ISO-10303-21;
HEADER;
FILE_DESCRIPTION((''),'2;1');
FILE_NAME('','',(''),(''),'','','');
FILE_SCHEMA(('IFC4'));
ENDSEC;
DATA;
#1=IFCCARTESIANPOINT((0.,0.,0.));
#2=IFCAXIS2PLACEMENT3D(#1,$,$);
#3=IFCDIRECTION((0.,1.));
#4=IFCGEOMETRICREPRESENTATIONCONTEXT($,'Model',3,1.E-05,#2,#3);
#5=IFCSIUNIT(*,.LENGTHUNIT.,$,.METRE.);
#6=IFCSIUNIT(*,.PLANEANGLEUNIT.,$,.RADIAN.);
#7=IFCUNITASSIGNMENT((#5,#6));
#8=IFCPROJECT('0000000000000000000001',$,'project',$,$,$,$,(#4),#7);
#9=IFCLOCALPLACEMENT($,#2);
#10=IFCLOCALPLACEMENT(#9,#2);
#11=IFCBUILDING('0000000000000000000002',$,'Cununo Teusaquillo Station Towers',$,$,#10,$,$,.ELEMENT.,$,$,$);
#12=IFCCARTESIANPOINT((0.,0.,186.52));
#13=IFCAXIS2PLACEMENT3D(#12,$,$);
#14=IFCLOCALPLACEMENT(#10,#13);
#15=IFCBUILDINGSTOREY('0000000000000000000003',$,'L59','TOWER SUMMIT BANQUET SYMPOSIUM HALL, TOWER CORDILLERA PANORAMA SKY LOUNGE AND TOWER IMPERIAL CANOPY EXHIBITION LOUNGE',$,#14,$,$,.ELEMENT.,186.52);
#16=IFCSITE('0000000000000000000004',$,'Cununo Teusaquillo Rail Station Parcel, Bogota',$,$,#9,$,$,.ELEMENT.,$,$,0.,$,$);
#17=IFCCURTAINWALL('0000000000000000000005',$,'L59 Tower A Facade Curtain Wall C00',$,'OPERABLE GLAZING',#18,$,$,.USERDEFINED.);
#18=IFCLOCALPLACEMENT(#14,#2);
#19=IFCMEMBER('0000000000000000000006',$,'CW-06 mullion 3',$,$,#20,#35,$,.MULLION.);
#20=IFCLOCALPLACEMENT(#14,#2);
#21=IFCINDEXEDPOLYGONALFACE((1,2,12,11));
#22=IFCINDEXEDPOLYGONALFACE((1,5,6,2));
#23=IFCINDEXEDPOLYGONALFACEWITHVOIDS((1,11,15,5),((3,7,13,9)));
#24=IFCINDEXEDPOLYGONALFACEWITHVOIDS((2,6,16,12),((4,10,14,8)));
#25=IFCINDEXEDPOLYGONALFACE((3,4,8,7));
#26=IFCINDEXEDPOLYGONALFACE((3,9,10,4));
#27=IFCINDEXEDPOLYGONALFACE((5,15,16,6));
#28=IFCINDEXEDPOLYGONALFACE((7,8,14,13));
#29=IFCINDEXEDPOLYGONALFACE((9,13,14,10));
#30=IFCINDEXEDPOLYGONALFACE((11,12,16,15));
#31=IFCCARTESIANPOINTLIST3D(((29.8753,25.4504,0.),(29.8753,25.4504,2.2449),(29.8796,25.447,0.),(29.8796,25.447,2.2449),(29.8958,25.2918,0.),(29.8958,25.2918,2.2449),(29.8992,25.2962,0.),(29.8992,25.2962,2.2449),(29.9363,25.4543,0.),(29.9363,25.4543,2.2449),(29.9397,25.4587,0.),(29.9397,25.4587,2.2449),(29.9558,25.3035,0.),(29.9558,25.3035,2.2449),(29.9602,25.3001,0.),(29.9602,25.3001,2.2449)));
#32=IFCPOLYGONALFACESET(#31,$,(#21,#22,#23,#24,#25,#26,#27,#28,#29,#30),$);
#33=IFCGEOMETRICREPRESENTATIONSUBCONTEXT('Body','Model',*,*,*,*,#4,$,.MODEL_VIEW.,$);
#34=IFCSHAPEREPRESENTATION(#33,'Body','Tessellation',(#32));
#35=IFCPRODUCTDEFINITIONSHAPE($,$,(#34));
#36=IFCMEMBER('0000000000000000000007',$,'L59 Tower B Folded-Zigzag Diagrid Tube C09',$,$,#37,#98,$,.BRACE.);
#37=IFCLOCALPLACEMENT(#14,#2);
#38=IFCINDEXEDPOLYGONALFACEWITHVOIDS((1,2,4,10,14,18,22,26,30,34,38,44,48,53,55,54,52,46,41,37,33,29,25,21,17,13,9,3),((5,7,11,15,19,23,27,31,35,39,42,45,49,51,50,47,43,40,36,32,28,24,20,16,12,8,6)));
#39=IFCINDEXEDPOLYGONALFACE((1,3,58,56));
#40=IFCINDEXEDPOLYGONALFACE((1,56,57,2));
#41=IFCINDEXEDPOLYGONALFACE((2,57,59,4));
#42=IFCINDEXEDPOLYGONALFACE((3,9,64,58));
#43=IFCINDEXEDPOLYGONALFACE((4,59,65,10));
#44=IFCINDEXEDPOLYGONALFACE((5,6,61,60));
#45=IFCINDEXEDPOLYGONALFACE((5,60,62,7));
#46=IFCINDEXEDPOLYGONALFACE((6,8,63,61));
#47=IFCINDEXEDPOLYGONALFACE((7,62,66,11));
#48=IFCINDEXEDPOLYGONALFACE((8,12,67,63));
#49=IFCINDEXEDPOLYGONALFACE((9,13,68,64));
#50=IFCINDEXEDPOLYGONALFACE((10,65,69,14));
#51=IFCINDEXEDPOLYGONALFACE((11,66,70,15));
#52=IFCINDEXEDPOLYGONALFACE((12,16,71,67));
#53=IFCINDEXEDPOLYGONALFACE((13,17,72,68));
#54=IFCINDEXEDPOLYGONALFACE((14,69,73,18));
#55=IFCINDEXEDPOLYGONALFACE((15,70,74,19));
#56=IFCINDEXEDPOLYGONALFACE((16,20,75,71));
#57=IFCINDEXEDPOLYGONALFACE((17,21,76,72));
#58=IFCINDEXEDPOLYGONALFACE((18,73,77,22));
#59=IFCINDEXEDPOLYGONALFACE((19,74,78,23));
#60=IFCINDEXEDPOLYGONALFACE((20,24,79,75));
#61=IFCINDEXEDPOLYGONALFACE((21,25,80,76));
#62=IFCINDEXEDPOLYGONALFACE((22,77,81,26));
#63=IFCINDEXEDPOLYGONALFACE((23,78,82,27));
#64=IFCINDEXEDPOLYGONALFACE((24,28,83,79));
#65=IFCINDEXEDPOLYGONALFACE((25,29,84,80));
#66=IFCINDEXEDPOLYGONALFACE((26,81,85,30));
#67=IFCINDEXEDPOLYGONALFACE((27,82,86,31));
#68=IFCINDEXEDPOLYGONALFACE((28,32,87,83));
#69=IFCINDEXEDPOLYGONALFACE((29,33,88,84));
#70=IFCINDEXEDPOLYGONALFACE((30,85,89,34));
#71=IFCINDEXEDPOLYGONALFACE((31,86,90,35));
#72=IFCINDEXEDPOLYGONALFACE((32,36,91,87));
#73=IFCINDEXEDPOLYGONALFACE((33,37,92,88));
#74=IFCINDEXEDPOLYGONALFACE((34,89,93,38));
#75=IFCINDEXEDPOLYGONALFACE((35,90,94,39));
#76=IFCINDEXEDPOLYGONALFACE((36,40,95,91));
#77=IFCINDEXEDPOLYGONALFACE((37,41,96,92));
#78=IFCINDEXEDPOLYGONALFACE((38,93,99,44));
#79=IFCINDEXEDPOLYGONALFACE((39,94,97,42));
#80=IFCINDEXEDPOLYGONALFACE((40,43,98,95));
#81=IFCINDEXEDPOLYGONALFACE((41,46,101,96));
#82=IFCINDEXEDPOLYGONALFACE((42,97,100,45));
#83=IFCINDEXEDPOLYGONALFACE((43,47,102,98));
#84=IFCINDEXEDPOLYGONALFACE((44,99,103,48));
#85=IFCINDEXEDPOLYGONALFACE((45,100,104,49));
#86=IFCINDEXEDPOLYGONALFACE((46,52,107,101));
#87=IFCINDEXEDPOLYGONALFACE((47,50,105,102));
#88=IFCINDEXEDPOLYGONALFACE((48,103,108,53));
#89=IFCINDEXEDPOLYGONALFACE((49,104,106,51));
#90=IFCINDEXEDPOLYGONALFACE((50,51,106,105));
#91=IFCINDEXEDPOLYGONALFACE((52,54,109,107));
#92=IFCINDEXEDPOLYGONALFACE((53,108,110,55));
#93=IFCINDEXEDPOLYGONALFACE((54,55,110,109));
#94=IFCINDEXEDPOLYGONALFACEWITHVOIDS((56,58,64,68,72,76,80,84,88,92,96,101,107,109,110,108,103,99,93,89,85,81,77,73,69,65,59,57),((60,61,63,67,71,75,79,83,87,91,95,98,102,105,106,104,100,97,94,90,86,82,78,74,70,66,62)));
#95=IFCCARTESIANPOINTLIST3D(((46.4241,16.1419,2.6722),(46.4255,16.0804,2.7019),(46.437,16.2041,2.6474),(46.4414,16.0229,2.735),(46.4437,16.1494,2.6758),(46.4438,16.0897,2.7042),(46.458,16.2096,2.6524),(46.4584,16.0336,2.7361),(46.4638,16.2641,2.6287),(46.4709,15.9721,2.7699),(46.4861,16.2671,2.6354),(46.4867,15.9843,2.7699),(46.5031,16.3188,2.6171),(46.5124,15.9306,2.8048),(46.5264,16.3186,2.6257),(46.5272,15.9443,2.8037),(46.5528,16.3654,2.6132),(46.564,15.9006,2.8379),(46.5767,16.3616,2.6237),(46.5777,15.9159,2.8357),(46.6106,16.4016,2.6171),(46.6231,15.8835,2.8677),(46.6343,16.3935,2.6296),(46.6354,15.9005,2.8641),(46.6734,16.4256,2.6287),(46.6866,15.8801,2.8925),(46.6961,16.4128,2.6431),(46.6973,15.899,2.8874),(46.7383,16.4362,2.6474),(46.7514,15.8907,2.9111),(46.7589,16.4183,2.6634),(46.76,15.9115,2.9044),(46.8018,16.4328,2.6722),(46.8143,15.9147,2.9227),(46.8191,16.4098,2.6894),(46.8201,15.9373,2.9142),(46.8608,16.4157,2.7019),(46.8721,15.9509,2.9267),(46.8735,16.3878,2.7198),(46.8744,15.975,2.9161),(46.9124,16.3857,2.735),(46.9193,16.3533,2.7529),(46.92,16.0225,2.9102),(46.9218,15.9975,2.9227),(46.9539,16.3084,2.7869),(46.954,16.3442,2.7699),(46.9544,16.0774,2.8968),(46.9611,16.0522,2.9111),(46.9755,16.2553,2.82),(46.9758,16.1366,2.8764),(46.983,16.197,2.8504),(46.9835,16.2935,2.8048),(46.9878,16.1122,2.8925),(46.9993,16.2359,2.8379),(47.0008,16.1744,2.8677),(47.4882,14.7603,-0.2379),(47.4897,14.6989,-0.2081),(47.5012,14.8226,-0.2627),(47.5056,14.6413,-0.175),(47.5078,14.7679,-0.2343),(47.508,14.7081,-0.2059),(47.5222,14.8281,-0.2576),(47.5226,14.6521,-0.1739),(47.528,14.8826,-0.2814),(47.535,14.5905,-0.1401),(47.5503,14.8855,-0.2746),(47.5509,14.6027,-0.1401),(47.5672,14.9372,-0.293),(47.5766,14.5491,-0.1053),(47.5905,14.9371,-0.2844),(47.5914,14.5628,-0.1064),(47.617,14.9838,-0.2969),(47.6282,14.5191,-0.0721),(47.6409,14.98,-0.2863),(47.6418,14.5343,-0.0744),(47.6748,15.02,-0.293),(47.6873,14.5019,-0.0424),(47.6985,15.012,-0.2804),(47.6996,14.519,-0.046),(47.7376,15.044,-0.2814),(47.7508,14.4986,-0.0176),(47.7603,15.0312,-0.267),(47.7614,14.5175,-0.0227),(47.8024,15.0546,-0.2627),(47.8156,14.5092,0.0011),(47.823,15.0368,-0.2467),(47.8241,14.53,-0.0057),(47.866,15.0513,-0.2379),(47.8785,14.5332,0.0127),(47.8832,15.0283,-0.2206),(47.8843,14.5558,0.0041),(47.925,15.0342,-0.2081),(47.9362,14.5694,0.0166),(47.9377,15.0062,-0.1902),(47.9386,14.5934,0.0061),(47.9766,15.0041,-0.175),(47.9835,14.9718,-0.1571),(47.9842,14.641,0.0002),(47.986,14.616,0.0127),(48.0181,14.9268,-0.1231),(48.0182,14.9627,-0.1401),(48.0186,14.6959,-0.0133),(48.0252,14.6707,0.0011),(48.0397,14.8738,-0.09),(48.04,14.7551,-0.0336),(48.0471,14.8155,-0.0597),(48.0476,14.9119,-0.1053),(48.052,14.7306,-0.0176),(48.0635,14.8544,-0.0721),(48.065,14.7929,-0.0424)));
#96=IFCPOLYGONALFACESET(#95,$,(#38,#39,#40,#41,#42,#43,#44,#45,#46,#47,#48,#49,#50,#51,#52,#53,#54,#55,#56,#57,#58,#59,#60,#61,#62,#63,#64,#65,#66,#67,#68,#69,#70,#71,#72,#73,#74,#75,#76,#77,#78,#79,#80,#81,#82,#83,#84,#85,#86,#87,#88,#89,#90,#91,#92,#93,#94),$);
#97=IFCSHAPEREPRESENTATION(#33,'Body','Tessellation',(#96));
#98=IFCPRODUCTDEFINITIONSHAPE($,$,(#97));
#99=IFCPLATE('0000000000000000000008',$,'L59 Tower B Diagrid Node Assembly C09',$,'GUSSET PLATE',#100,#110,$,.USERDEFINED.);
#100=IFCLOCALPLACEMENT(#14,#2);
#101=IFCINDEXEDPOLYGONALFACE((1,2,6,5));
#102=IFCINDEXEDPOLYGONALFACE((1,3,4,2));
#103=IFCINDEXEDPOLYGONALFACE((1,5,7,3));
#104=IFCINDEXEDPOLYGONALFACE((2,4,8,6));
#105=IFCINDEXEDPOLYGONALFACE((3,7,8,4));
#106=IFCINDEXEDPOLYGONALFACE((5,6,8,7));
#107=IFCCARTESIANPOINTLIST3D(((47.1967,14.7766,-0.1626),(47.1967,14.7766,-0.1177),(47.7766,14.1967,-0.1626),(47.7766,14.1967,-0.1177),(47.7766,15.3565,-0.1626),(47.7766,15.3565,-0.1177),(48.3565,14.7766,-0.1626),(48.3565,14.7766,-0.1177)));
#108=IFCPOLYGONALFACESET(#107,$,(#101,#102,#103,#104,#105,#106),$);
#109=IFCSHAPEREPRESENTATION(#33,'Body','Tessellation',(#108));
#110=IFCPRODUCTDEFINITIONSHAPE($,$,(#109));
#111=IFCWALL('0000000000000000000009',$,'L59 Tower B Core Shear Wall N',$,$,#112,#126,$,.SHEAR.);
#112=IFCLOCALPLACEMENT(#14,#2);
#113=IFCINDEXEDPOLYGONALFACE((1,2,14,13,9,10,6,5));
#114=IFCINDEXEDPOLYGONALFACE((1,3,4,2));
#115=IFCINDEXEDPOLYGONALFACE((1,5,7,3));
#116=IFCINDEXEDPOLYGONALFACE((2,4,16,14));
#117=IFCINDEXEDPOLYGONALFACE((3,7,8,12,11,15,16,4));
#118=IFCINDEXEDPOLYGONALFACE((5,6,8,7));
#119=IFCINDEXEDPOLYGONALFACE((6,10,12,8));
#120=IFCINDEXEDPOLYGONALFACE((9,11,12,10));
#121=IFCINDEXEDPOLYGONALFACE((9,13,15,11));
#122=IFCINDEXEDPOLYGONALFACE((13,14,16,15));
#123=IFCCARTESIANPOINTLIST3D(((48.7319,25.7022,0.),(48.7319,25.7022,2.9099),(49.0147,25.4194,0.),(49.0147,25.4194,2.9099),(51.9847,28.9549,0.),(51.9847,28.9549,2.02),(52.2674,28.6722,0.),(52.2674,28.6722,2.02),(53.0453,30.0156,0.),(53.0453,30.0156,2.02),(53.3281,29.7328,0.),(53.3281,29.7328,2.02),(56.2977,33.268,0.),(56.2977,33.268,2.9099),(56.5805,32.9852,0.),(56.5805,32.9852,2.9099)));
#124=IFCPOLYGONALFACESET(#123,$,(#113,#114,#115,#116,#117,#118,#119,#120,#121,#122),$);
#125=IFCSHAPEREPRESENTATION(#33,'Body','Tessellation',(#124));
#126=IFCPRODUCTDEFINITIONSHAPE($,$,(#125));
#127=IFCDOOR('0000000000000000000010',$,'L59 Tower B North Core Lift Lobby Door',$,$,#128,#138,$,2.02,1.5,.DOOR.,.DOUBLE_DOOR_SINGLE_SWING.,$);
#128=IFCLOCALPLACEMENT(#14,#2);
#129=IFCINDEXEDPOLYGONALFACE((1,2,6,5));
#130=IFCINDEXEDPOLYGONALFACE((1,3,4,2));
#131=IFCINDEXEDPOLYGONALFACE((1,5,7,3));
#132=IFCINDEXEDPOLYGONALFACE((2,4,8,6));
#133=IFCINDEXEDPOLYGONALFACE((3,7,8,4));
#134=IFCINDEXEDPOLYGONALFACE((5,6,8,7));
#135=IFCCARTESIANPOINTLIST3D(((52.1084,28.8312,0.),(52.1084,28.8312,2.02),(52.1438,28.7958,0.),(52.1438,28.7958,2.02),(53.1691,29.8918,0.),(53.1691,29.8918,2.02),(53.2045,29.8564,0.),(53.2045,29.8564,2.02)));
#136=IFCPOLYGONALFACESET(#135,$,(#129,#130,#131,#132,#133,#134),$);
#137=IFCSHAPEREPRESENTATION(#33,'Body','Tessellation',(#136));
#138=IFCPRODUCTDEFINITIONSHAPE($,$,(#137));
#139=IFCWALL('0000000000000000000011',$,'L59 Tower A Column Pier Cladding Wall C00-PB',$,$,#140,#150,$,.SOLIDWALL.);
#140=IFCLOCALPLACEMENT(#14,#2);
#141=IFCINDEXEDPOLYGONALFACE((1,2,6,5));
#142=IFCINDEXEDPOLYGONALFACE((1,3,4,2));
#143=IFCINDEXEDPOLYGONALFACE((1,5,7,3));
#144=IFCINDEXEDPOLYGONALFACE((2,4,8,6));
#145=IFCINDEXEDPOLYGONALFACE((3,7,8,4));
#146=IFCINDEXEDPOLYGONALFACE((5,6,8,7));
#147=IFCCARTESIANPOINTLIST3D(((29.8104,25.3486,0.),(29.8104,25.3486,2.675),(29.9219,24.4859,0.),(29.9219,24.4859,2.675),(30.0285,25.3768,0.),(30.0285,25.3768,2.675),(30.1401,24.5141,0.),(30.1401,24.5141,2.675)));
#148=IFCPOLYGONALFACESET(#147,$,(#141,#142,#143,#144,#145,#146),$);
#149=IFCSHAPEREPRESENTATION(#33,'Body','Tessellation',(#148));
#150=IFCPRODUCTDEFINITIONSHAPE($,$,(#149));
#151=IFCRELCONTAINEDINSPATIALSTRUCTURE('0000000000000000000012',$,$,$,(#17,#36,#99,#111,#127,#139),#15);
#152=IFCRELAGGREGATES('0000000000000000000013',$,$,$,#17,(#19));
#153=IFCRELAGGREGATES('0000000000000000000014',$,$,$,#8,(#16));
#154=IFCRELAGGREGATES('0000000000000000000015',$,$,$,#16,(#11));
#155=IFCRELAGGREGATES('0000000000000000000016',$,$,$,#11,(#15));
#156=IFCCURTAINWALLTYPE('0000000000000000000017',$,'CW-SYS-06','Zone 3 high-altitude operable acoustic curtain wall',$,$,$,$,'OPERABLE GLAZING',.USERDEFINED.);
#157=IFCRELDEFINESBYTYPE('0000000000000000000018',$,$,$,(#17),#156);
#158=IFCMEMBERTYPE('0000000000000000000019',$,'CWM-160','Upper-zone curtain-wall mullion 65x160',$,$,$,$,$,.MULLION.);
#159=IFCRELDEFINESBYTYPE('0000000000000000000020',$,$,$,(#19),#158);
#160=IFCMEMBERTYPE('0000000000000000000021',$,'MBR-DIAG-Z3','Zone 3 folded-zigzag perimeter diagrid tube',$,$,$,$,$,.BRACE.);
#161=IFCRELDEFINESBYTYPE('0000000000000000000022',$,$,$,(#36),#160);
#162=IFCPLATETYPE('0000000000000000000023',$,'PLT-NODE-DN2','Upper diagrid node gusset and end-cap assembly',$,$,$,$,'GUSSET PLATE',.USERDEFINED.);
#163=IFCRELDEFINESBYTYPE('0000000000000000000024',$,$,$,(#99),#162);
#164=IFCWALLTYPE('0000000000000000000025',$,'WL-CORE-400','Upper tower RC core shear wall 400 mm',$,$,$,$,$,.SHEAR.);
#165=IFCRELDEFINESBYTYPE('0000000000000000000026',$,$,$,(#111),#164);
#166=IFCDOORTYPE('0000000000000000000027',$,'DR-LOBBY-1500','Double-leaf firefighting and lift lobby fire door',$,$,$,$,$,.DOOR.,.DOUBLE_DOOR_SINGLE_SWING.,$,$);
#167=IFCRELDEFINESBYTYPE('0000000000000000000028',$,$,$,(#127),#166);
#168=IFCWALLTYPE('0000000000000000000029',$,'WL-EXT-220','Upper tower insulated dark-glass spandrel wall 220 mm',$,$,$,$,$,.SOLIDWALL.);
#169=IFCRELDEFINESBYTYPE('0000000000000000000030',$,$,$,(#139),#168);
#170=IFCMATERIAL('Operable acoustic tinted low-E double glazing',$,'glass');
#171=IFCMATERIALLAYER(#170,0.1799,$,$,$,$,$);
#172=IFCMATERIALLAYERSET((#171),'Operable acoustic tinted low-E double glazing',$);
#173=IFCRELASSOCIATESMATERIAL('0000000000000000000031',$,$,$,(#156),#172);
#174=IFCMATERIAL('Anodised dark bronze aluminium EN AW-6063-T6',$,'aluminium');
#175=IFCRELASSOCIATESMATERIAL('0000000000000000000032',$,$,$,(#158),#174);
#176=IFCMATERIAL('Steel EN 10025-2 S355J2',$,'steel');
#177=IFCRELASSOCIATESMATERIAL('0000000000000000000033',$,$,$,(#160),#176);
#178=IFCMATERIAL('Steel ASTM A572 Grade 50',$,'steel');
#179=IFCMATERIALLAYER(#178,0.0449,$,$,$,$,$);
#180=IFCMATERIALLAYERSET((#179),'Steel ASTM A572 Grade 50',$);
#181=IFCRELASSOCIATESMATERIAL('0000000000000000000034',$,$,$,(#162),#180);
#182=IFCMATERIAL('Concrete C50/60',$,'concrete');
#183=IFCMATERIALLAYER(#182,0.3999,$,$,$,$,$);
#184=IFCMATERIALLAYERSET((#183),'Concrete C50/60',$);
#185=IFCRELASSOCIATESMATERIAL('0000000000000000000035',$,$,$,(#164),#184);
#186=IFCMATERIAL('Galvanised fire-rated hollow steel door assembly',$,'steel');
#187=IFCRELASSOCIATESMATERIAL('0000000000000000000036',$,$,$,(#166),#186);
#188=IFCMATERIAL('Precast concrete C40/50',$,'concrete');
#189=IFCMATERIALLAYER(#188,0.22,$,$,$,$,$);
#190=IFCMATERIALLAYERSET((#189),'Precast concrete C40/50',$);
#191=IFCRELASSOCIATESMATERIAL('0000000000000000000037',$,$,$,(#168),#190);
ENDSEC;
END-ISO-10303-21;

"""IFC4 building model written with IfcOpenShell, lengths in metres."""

from ifc_helpers import new_model, si_unit, direction, frame, frame_2d, origin, origin_2d, place, context, subcontext, project, spatial, rectangle, hollow_rectangle, hollow_circle, extrude, source, transform, mapped, material, layer, layer_set, material_profile, profile_set, type_object, element, fill, aggregate, save


model = new_model("IFC4")

# Units and contexts
model_context = context("Model", 3, precision=1e-05, world=origin(), true_north=direction((0.0, 1.0)))
body_context = subcontext(model_context, "Body", "Model", "MODEL_VIEW")
ifc_project = project(units=[si_unit("LENGTHUNIT", "METRE"), si_unit("PLANEANGLEUNIT", "RADIAN")], contexts=[model_context])

# Site, building, storey
site_placement = place(None, origin())
site = spatial("IfcSite", under=ifc_project, at=site_placement, Name="Cununo Teusaquillo Rail Station Parcel, Bogota", CompositionType="ELEMENT", RefElevation=0.0)
building_placement = place(site_placement, origin())
building = spatial("IfcBuilding", under=site, at=building_placement, Name="Cununo Teusaquillo Station Towers", CompositionType="ELEMENT")
storey_placement = place(building_placement, frame((0.0, 0.0, 186.52)))
storey = spatial("IfcBuildingStorey", under=building, at=storey_placement, Name="L59", Description="TOWER SUMMIT BANQUET SYMPOSIUM HALL, TOWER CORDILLERA PANORAMA SKY LOUNGE AND TOWER IMPERIAL CANOPY EXHIBITION LOUNGE", CompositionType="ELEMENT", Elevation=186.52)

# Curtain wall, member
ifc_material_1 = material(Name="Operable acoustic tinted low-E double glazing", Category="glass")
ifc_layer_1 = layer(ifc_material_1, 0.1799)
ifc_layer_set_1 = layer_set([ifc_layer_1], Name="Operable acoustic tinted low-E double glazing")
curtain_wall_type = type_object("IfcCurtainWallType", Name="CW-SYS-06", Description="Zone 3 high-altitude operable acoustic curtain wall", ElementType="OPERABLE GLAZING", PredefinedType="USERDEFINED", material=ifc_layer_set_1)
curtain_wall_placement = place(storey_placement, origin())
curtain_wall = element("IfcCurtainWall", 1, at=curtain_wall_placement, inside=storey, type_object=curtain_wall_type, Name="L59 Tower A Facade Curtain Wall C00", ObjectType="OPERABLE GLAZING", PredefinedType="USERDEFINED")
ifc_material_2 = material(Name="Anodised dark bronze aluminium EN AW-6063-T6", Category="aluminium")
ifc_material_profile_1 = material_profile(ifc_material_2, hollow_rectangle(XDim=0.0649, YDim=0.1599, WallThickness=0.0039, at=origin_2d()), Name="CW-MULL-65x160")
ifc_profile_set_1 = profile_set([ifc_material_profile_1], Name="Anodised dark bronze aluminium EN AW-6063-T6")
member_type_1 = type_object("IfcMemberType", Name="CWM-160", Description="Upper-zone curtain-wall mullion 65x160", PredefinedType="MULLION", material=ifc_profile_set_1)
member_1_placement = place(storey_placement, frame((29.9177, 25.3752, 0.0), z_axis=(0.0, 0.0, 1.0), x_axis=(0.991737, 0.128285, 0.0)))
member_1 = element("IfcMember", 2, at=member_1_placement, type_object=member_type_1, Name="CW-06 mullion 3", PredefinedType="MULLION", context=body_context, shape_type="SweptSolid", body=[
    extrude(hollow_rectangle(XDim=0.0649, YDim=0.1599, WallThickness=0.0039, at=origin_2d()), origin(), (0.0, 0.0, 1.0), 2.2449),
])
aggregate(curtain_wall, [member_1])

# Member
ifc_material_3 = material(Name="Steel EN 10025-2 S355J2", Category="steel")
ifc_material_profile_2 = material_profile(ifc_material_3, hollow_circle(Radius=0.3049, WallThickness=0.02, at=origin_2d()), Name="CHS 610x20")
ifc_profile_set_2 = profile_set([ifc_material_profile_2], Name="Steel EN 10025-2 S355J2")
member_type_2 = type_object("IfcMemberType", Name="MBR-DIAG-Z3", Description="Zone 3 folded-zigzag perimeter diagrid tube", PredefinedType="BRACE", material=ifc_profile_set_2)
member_2_placement = place(storey_placement, frame((47.7766, 14.7766, -0.1401), z_axis=(-0.313677, 0.407226, 0.857772), x_axis=(-0.792223, -0.610232, 0.0)))
element("IfcMember", 3, at=member_2_placement, inside=storey, type_object=member_type_2, Name="L59 Tower B Folded-Zigzag Diagrid Tube C09", PredefinedType="BRACE", context=body_context, shape_type="SweptSolid", body=[
    extrude(hollow_circle(Radius=0.3049, WallThickness=0.02, at=origin_2d()), origin(), (0.0, 0.0, 1.0), 3.3926),
])

# Plate
ifc_material_4 = material(Name="Steel ASTM A572 Grade 50", Category="steel")
ifc_layer_2 = layer(ifc_material_4, 0.0449)
ifc_layer_set_2 = layer_set([ifc_layer_2], Name="Steel ASTM A572 Grade 50")
plate_type = type_object("IfcPlateType", Name="PLT-NODE-DN2", Description="Upper diagrid node gusset and end-cap assembly", ElementType="GUSSET PLATE", PredefinedType="USERDEFINED", material=ifc_layer_set_2)
shared_shape_1 = source(origin(), body_context, "Body", "SweptSolid", [
    extrude(rectangle(XDim=0.8201, YDim=0.8201, at=origin_2d()), origin(), (0.0, 0.0, 1.0), 0.0449),
])
plate_placement = place(storey_placement, frame((47.7766, 14.7766, -0.1626), z_axis=(0.0, 0.0, 1.0), x_axis=(0.707107, 0.707107, 0.0)))
element("IfcPlate", 4, at=plate_placement, inside=storey, type_object=plate_type, Name="L59 Tower B Diagrid Node Assembly C09", ObjectType="GUSSET PLATE", PredefinedType="USERDEFINED", context=body_context, shape_type="MappedRepresentation", body=[
    mapped(shared_shape_1, transform((0.0, 0.0, 0.0), x_axis=(1.0, 0.0, 0.0), y_axis=(0.0, 1.0, 0.0), z_axis=(0.0, 0.0, 1.0), scale=1.0)),
])

# Wall, opening, door
ifc_material_5 = material(Name="Concrete C50/60", Category="concrete")
ifc_layer_3 = layer(ifc_material_5, 0.3999)
ifc_layer_set_3 = layer_set([ifc_layer_3], Name="Concrete C50/60")
wall_type_1 = type_object("IfcWallType", Name="WL-CORE-400", Description="Upper tower RC core shear wall 400 mm", PredefinedType="SHEAR", material=ifc_layer_set_3)
wall_1_placement = place(storey_placement, frame((48.8733, 25.5608, 0.0), z_axis=(0.0, 0.0, 1.0), x_axis=(0.707107, 0.707107, 0.0)))
wall_1 = element("IfcWall", 5, at=wall_1_placement, inside=storey, type_object=wall_type_1, Name="L59 Tower B Core Shear Wall N", PredefinedType="SHEAR", context=body_context, shape_type="SweptSolid", body=[
    extrude(rectangle(XDim=10.6997, YDim=0.3999, at=frame_2d((5.3499, 0.0))), origin(), (0.0, 0.0, 1.0), 2.9099),
])
shared_shape_2 = source(origin(), body_context, "Body", "SweptSolid", [
    extrude(rectangle(XDim=1.5, YDim=2.02, at=frame_2d((0.75, 1.01))), frame((0.0, 0.21, 0.0), z_axis=(0.0, -1.0, 0.0), x_axis=(1.0, 0.0, 0.0)), (0.0, 0.0, 1.0), 0.4199),
])
opening_1_placement = place(wall_1_placement, frame((4.6001, 0.0, 0.0)))
opening_1 = element("IfcOpeningElement", 6, at=opening_1_placement, cuts=wall_1, PredefinedType="OPENING", context=body_context, shape_type="MappedRepresentation", body=[
    mapped(shared_shape_2, transform((0.0, 0.0, 0.0), x_axis=(1.0, 0.0, 0.0), y_axis=(0.0, 1.0, 0.0), z_axis=(0.0, 0.0, 1.0), scale=1.0)),
])
ifc_material_6 = material(Name="Galvanised fire-rated hollow steel door assembly", Category="steel")
door_type = type_object("IfcDoorType", Name="DR-LOBBY-1500", Description="Double-leaf firefighting and lift lobby fire door", OperationType="DOUBLE_DOOR_SINGLE_SWING", PredefinedType="DOOR", material=ifc_material_6)
shared_shape_3 = source(origin(), body_context, "Body", "SweptSolid", [
    extrude(rectangle(XDim=1.5, YDim=2.02, at=frame_2d((0.75, 1.01))), frame((0.0, 0.0249, 0.0), z_axis=(0.0, -1.0, 0.0), x_axis=(1.0, 0.0, 0.0)), (0.0, 0.0, 1.0), 0.05),
])
door_placement = place(opening_1_placement, origin())
door = element("IfcDoor", 7, at=door_placement, inside=storey, type_object=door_type, Name="L59 Tower B North Core Lift Lobby Door", OperationType="DOUBLE_DOOR_SINGLE_SWING", OverallHeight=2.02, OverallWidth=1.5, PredefinedType="DOOR", context=body_context, shape_type="MappedRepresentation", body=[
    mapped(shared_shape_3, transform((0.0, 0.0, 0.0), x_axis=(1.0, 0.0, 0.0), y_axis=(0.0, 1.0, 0.0), z_axis=(0.0, 0.0, 1.0), scale=1.0)),
])
fill(opening_1, door)

# Wall
ifc_material_7 = material(Name="Precast concrete C40/50", Category="concrete")
ifc_layer_4 = layer(ifc_material_7, 0.22)
ifc_layer_set_4 = layer_set([ifc_layer_4], Name="Precast concrete C40/50")
wall_type_2 = type_object("IfcWallType", Name="WL-EXT-220", Description="Upper tower insulated dark-glass spandrel wall 220 mm", PredefinedType="SOLIDWALL", material=ifc_layer_set_4)
wall_2_placement = place(storey_placement, frame((29.9194, 25.3628, 0.0), z_axis=(0.0, 0.0, 1.0), x_axis=(0.128247, -0.991742, 0.0)))
element("IfcWall", 8, at=wall_2_placement, inside=storey, type_object=wall_type_2, Name="L59 Tower A Column Pier Cladding Wall C00-PB", PredefinedType="SOLIDWALL", context=body_context, shape_type="SweptSolid", body=[
    extrude(rectangle(XDim=0.8699, YDim=0.22, at=frame_2d((0.4351, 0.0))), origin(), (0.0, 0.0, 1.0), 2.675),
])

save(model, "model.ifc")
